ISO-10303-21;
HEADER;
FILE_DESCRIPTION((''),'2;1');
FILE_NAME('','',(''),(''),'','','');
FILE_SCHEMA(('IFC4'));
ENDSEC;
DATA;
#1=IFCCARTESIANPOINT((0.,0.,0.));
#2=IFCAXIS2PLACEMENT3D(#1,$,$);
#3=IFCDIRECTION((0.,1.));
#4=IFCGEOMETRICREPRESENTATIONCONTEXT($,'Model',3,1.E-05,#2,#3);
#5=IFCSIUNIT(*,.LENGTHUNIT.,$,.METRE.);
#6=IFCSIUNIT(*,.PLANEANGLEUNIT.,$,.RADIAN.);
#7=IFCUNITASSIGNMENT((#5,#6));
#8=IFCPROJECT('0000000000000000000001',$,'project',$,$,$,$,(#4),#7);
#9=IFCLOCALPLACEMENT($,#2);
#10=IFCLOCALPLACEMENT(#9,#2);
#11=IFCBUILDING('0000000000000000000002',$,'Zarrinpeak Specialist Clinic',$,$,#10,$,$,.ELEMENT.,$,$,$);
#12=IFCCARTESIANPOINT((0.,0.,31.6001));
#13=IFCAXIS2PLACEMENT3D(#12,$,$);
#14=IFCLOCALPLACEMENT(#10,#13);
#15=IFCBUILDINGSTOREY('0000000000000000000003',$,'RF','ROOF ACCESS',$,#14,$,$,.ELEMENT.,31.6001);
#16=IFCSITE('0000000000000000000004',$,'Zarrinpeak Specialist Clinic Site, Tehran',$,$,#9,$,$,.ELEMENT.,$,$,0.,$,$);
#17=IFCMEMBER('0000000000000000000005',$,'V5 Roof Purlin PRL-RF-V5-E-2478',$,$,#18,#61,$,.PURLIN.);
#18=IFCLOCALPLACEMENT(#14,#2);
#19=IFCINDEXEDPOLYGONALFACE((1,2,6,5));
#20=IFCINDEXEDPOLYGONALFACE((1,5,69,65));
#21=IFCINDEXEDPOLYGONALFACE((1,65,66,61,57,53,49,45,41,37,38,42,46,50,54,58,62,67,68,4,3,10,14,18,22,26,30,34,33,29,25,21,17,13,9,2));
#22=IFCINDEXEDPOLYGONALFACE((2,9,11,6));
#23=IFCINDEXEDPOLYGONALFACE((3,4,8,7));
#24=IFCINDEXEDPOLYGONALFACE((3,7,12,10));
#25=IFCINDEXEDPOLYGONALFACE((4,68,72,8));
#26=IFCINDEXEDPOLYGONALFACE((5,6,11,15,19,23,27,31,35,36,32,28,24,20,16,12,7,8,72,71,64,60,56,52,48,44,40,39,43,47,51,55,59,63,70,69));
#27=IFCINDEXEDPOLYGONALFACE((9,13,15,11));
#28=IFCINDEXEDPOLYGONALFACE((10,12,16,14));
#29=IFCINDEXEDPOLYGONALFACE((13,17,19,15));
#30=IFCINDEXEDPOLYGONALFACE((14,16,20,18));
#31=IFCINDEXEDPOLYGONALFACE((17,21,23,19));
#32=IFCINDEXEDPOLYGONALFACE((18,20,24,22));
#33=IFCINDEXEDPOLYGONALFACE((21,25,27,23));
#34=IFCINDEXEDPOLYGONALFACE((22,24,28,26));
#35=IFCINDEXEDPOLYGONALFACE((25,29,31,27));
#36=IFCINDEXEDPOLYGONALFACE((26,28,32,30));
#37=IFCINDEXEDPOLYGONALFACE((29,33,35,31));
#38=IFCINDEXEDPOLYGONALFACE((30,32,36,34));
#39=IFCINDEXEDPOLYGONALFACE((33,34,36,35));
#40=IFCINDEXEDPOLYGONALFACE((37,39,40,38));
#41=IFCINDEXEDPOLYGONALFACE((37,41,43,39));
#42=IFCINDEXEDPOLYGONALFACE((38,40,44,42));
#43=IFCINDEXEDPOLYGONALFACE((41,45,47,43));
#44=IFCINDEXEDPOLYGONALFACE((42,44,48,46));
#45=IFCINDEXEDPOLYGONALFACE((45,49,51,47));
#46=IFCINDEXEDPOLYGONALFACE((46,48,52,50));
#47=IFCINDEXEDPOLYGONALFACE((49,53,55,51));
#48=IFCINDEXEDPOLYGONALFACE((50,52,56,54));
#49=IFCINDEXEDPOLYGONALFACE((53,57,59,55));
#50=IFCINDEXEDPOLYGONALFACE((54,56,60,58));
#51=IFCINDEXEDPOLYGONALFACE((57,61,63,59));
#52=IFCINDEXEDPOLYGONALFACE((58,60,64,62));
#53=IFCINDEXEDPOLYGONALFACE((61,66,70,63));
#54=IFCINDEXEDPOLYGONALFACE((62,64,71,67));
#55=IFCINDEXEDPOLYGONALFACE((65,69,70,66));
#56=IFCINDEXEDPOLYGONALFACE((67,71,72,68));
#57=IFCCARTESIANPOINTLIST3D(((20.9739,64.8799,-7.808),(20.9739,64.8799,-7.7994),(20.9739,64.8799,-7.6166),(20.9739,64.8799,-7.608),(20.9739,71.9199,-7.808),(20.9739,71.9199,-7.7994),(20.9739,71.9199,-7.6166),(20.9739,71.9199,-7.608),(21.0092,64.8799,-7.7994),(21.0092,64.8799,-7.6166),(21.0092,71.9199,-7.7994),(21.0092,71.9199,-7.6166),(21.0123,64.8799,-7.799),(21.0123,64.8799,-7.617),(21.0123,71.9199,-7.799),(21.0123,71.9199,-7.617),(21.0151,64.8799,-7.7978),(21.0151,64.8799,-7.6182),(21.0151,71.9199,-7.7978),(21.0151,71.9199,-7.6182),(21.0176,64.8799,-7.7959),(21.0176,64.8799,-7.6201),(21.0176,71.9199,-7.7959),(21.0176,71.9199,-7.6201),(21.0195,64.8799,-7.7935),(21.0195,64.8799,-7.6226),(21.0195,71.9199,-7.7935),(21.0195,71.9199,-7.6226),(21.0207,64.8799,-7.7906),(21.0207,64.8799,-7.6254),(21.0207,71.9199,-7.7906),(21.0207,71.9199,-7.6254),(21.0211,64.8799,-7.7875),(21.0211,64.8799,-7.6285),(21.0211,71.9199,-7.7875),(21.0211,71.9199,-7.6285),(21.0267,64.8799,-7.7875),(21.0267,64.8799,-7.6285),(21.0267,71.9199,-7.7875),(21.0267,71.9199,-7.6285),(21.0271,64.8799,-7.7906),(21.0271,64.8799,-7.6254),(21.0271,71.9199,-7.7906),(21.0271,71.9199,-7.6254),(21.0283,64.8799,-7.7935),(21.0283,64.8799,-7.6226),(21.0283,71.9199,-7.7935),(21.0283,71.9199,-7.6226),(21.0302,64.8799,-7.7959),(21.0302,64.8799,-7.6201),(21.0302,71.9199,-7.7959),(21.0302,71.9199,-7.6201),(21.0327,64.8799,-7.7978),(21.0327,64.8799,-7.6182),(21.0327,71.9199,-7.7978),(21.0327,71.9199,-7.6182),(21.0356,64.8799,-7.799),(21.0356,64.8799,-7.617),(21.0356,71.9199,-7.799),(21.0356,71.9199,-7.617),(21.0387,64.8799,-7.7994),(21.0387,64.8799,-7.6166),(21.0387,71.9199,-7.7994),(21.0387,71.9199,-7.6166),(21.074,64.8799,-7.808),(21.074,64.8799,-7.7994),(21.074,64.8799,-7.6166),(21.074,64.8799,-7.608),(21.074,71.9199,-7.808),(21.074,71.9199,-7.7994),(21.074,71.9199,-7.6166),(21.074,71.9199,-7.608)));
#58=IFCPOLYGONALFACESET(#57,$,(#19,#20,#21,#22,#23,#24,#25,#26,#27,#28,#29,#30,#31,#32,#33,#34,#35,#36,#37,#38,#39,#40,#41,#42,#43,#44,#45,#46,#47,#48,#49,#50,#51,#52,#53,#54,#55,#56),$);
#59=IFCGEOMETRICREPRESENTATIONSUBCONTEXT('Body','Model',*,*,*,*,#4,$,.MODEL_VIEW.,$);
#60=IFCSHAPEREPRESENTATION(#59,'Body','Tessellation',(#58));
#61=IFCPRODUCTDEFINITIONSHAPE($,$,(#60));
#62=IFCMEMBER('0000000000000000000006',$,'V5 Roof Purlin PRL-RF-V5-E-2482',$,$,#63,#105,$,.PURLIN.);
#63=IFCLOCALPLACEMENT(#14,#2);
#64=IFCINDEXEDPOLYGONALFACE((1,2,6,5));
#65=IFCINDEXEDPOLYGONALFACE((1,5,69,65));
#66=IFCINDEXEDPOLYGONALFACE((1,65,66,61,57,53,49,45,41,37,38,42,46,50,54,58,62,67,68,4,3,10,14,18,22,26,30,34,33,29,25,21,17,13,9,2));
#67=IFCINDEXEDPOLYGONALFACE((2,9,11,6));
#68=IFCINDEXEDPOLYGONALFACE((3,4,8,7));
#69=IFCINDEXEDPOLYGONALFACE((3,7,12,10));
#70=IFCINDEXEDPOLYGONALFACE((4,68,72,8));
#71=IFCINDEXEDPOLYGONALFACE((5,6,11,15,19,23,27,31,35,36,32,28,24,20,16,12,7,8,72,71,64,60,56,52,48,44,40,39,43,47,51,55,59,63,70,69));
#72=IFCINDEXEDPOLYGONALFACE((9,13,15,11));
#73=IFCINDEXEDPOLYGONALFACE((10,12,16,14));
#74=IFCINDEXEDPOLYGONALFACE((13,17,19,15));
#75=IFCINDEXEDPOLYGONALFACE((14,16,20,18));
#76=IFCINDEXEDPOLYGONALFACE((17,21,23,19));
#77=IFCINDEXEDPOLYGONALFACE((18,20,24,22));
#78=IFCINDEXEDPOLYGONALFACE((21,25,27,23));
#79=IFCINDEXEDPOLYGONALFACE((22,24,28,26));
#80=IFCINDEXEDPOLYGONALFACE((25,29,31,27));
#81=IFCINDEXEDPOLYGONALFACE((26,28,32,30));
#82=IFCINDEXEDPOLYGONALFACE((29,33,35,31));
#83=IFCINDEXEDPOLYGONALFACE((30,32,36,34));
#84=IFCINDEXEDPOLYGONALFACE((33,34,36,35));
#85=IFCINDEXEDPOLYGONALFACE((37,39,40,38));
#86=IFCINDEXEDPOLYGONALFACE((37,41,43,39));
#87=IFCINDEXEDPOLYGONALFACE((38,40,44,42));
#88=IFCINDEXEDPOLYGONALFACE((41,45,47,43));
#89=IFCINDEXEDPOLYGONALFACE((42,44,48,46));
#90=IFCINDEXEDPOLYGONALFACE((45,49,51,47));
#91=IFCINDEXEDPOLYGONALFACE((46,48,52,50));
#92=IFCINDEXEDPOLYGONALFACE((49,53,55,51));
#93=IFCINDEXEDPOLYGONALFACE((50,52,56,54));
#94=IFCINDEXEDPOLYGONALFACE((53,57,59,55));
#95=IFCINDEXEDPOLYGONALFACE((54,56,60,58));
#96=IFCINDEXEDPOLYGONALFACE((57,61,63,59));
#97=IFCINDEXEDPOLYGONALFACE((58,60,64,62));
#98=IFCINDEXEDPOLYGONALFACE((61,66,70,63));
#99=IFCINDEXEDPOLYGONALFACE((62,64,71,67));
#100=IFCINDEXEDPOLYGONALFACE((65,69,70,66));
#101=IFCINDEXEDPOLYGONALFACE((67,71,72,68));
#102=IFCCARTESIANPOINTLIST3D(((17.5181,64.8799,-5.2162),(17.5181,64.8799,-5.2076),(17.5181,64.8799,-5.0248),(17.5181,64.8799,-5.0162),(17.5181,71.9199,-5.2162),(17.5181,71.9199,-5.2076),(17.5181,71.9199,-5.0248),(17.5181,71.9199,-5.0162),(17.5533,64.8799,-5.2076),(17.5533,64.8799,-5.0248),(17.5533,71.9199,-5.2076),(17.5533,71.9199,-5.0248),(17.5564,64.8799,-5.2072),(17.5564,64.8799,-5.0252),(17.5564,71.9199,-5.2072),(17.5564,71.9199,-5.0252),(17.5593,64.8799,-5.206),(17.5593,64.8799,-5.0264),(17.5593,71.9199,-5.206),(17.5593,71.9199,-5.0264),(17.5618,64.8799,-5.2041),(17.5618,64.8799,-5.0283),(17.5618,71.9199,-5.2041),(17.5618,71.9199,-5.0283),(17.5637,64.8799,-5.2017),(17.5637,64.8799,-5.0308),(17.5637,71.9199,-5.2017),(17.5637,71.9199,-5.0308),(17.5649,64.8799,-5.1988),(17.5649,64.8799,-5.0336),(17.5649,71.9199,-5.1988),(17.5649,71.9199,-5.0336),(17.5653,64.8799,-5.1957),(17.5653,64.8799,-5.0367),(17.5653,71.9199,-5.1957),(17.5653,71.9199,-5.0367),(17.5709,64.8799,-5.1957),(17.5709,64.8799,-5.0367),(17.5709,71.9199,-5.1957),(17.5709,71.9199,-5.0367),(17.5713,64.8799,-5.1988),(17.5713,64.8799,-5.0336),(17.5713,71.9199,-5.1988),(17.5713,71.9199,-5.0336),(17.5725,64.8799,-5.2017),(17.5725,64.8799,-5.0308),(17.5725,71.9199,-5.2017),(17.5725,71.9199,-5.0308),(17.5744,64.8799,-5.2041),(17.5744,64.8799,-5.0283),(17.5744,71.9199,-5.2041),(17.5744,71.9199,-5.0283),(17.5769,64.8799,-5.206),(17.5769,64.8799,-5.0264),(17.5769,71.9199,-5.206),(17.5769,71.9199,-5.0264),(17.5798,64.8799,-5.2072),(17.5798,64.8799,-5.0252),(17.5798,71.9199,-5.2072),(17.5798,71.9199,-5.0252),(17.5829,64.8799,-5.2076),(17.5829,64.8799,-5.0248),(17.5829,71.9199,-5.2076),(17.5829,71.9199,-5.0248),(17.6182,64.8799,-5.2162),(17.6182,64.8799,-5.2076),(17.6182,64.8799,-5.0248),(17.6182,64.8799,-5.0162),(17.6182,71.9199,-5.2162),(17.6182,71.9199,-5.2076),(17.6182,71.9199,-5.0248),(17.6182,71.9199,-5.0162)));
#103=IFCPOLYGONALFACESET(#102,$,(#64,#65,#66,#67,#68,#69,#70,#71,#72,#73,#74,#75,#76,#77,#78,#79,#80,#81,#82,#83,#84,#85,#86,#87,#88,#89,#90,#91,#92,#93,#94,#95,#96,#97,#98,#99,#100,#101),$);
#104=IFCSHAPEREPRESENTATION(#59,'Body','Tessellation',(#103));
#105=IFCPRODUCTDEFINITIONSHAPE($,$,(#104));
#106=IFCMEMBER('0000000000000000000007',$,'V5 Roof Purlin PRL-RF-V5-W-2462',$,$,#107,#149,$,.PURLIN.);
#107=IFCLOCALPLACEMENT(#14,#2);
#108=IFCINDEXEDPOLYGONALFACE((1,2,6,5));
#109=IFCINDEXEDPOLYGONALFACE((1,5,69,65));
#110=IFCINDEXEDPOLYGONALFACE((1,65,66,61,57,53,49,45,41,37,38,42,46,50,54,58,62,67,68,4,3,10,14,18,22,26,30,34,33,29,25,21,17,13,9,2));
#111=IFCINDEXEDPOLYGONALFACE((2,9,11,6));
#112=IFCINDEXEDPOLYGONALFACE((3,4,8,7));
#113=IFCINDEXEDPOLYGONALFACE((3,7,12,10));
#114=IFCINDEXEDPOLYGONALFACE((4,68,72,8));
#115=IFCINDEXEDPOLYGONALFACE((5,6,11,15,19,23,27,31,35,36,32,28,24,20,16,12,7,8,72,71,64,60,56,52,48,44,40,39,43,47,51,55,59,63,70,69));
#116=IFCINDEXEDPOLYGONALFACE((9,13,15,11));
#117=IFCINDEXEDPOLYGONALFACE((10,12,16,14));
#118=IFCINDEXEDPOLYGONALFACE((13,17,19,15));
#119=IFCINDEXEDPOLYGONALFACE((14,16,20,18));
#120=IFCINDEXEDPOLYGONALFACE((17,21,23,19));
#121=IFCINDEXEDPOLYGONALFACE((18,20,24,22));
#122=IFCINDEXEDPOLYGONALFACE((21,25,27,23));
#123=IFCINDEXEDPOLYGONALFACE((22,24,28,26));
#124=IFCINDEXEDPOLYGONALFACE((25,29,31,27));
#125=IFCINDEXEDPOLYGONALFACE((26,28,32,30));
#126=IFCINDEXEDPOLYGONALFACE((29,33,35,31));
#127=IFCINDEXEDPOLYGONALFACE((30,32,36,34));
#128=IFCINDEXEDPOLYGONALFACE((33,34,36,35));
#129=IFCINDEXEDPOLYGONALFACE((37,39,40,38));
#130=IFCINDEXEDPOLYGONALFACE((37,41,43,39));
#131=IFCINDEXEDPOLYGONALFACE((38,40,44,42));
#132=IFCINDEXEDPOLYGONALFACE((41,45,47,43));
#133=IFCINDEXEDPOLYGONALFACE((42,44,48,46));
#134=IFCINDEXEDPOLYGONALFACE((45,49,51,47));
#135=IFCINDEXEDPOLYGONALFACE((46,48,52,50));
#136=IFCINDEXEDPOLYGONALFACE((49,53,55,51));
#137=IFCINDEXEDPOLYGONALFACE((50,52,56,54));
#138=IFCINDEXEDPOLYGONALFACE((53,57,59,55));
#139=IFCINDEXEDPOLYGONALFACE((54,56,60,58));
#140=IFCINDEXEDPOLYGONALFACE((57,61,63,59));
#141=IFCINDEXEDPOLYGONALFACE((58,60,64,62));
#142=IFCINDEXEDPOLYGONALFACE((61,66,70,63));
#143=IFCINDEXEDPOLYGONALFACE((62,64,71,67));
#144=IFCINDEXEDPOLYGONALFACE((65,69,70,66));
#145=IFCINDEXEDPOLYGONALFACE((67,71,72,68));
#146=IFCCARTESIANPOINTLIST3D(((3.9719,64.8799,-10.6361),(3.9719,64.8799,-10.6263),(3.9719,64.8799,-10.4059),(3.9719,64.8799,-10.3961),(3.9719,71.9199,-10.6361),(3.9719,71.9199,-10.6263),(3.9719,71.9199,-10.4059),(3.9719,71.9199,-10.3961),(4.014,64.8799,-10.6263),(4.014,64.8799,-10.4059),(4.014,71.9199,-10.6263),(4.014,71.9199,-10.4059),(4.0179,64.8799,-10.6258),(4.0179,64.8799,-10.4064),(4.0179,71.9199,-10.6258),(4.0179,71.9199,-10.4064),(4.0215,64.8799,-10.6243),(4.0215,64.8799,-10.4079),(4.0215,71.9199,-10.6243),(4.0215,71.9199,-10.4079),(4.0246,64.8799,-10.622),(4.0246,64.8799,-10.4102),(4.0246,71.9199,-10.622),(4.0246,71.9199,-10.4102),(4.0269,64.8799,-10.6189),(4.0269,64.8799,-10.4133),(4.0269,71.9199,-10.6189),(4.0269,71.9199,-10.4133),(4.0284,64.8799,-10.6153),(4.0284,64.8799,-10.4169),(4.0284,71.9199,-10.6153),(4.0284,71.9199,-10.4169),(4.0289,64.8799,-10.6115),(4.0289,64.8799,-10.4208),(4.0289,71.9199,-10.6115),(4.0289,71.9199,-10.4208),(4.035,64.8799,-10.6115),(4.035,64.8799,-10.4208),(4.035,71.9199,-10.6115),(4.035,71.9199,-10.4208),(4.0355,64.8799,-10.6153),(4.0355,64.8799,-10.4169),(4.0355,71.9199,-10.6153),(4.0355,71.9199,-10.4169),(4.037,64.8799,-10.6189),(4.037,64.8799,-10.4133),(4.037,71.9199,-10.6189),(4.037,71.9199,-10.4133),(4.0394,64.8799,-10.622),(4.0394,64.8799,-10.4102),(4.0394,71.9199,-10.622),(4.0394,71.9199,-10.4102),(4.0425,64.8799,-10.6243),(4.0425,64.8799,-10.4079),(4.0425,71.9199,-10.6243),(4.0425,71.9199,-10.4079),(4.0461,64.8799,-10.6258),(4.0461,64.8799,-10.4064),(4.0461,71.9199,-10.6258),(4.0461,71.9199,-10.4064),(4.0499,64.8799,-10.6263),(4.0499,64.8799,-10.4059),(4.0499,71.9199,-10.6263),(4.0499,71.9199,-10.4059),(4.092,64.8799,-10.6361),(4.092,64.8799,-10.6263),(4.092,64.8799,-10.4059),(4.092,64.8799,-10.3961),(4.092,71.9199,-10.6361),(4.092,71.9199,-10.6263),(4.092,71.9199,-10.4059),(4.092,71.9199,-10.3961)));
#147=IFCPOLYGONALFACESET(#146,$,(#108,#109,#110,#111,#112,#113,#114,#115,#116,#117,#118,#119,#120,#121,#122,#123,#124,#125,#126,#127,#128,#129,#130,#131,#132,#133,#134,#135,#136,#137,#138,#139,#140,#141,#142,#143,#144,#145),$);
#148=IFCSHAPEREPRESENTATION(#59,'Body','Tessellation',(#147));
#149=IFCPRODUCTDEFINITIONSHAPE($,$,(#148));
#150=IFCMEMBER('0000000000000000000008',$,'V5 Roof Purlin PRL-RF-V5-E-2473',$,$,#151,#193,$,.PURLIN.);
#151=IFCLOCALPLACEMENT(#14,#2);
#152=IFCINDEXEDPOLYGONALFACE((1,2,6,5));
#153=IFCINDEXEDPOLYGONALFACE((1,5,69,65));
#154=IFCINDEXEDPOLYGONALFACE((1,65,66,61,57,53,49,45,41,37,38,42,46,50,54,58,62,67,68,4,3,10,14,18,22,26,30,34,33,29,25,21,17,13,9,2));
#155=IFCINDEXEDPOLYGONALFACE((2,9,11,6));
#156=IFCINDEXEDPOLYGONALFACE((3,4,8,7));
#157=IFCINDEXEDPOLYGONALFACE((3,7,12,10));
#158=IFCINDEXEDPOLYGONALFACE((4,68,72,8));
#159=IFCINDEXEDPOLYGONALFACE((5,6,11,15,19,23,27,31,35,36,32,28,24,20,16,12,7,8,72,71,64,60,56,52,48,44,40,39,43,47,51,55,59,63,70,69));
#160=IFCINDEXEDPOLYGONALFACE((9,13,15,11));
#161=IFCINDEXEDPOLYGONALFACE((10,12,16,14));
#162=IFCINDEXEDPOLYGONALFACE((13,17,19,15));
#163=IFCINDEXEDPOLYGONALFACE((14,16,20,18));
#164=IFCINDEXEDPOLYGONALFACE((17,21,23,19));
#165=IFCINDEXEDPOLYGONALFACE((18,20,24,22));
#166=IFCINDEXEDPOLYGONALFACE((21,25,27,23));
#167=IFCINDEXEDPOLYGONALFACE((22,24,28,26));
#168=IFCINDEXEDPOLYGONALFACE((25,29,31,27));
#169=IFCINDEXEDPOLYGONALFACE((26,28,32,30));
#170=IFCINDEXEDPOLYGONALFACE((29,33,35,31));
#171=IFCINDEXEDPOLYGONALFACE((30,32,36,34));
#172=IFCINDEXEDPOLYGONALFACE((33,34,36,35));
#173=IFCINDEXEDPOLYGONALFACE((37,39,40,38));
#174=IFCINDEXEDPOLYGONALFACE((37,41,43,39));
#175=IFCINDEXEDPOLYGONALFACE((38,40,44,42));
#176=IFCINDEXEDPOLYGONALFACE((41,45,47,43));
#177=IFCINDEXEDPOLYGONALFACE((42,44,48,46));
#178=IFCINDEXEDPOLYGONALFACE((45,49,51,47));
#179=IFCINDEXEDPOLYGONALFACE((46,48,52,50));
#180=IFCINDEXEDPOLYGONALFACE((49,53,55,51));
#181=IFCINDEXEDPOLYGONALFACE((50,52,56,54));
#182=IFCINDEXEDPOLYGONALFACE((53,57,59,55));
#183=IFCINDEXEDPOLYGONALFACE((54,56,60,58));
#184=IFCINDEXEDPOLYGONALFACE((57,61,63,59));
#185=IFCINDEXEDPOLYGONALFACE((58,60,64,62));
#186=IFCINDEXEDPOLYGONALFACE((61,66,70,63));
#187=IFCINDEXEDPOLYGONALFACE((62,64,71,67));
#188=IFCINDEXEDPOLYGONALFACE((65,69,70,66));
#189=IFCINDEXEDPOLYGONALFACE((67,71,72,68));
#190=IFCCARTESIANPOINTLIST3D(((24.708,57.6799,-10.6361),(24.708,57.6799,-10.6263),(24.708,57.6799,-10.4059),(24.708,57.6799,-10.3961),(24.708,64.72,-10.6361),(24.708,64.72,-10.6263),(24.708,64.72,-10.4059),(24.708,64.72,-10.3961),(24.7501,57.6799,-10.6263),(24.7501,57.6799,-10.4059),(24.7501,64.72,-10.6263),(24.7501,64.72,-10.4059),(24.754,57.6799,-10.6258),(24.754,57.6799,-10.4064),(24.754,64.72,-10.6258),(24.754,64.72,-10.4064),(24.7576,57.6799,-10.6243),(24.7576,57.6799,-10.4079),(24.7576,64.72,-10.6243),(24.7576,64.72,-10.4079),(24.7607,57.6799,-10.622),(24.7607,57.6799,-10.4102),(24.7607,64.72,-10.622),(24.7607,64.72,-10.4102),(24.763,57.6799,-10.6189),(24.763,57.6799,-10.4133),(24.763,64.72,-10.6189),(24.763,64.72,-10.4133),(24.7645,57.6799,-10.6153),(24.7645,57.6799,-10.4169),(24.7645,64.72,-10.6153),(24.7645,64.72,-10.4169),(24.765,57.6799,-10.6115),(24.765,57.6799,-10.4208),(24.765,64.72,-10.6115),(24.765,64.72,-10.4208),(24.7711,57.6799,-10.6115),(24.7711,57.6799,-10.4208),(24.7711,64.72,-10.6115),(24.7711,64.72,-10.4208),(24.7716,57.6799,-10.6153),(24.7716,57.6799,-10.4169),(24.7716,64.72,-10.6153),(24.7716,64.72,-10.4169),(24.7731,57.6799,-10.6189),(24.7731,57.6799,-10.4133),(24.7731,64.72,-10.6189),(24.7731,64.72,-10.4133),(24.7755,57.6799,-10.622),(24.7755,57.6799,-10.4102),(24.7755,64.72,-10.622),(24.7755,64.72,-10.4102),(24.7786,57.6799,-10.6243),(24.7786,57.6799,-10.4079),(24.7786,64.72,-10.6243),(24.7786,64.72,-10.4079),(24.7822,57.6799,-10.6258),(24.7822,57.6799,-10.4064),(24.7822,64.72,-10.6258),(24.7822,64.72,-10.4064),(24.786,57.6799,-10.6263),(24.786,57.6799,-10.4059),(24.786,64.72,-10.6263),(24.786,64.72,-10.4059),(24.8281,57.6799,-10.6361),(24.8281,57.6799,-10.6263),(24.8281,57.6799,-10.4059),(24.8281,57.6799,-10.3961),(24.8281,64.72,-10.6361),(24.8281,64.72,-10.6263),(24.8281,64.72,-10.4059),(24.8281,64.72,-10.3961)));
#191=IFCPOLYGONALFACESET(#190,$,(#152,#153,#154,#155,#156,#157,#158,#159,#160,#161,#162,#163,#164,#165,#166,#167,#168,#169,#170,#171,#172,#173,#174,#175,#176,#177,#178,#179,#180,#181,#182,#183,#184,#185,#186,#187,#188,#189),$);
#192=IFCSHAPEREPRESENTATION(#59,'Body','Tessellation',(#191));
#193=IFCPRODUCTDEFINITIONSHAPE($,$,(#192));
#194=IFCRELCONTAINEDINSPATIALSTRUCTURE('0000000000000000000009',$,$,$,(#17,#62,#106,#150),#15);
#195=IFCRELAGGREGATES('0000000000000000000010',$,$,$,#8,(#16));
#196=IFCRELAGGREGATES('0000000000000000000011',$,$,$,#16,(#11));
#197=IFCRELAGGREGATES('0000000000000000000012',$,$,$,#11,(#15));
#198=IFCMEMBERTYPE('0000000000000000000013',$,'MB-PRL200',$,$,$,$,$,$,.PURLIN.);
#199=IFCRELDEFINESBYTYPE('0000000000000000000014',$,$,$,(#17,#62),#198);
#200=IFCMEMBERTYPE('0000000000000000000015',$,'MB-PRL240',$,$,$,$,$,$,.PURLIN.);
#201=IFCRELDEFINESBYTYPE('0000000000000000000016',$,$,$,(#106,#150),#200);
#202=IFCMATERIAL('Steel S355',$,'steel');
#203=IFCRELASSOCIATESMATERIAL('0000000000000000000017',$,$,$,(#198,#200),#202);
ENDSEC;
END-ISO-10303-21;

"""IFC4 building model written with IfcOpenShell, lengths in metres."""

from ifc_helpers import new_model, si_unit, direction, frame, origin, origin_2d, place, context, subcontext, project, spatial, i_section, extrude, material, material_profile, profile_set, type_object, element, save


model = new_model("IFC4")

# Units and contexts
model_context = context("Model", 3, precision=1e-05, world=origin(), true_north=direction((0.0, 1.0)))
body_context = subcontext(model_context, "Body", "Model", "MODEL_VIEW")
ifc_project = project(units=[si_unit("LENGTHUNIT", "METRE"), si_unit("PLANEANGLEUNIT", "RADIAN")], contexts=[model_context])

# Site, building, storey
site_placement = place(None, origin())
site = spatial("IfcSite", under=ifc_project, at=site_placement, Name="Zarrinpeak Specialist Clinic Site, Tehran", CompositionType="ELEMENT", RefElevation=0.0)
building_placement = place(site_placement, origin())
building = spatial("IfcBuilding", under=site, at=building_placement, Name="Zarrinpeak Specialist Clinic", CompositionType="ELEMENT")
storey_placement = place(building_placement, frame((0.0, 0.0, 31.6001)))
storey = spatial("IfcBuildingStorey", under=building, at=storey_placement, Name="RF", Description="ROOF ACCESS", CompositionType="ELEMENT", Elevation=31.6001)

# Shared definitions
ifc_material_1 = material(Name="Steel S355", Category="steel")

# Members
ifc_material_profile_1 = material_profile(ifc_material_1, i_section(OverallWidth=0.1001, OverallDepth=0.2, WebThickness=0.0056, FlangeThickness=0.0085, FilletRadius=0.012, at=origin_2d()), Name="IPE 200")
ifc_profile_set_1 = profile_set([ifc_material_profile_1], Name="Steel S355")
member_type_1 = type_object("IfcMemberType", Name="MB-PRL200", PredefinedType="PURLIN", material=ifc_profile_set_1)
for number, where, z_axis, x_axis, name in (
    (1, (21.0239, 64.8799, -7.708), (0.0, 1.0, 0.0), (-1.0, 0.0, 0.0), "V5 Roof Purlin PRL-RF-V5-E-2478"),
    (2, (17.5681, 64.8799, -5.1162), (0.0, 1.0, 0.0), (-1.0, 0.0, 0.0), "V5 Roof Purlin PRL-RF-V5-E-2482"),
):
    element("IfcMember", number, at=place(storey_placement, frame(where, z_axis=z_axis, x_axis=x_axis)), inside=storey, type_object=member_type_1, Name=name, PredefinedType="PURLIN", context=body_context, shape_type="SweptSolid", body=[
        extrude(i_section(OverallWidth=0.1001, OverallDepth=0.2, WebThickness=0.0056, FlangeThickness=0.0085, FilletRadius=0.012, at=origin_2d()), origin(), (0.0, 0.0, 1.0), 7.04),
    ])
ifc_material_profile_2 = material_profile(ifc_material_1, i_section(OverallWidth=0.1201, OverallDepth=0.24, WebThickness=0.0061, FlangeThickness=0.0098, FilletRadius=0.0149, at=origin_2d()), Name="IPE 240")
ifc_profile_set_2 = profile_set([ifc_material_profile_2], Name="Steel S355")
member_type_2 = type_object("IfcMemberType", Name="MB-PRL240", PredefinedType="PURLIN", material=ifc_profile_set_2)
for number, where, z_axis, x_axis, name in (
    (3, (4.032, 64.8799, -10.5161), (0.0, 1.0, 0.0), (-1.0, 0.0, 0.0), "V5 Roof Purlin PRL-RF-V5-W-2462"),
    (4, (24.7681, 57.6799, -10.5161), (0.0, 1.0, 0.0), (-1.0, 0.0, 0.0), "V5 Roof Purlin PRL-RF-V5-E-2473"),
):
    element("IfcMember", number, at=place(storey_placement, frame(where, z_axis=z_axis, x_axis=x_axis)), inside=storey, type_object=member_type_2, Name=name, PredefinedType="PURLIN", context=body_context, shape_type="SweptSolid", body=[
        extrude(i_section(OverallWidth=0.1201, OverallDepth=0.24, WebThickness=0.0061, FlangeThickness=0.0098, FilletRadius=0.0149, at=origin_2d()), origin(), (0.0, 0.0, 1.0), 7.04),
    ])

save(model, "model.ifc")
